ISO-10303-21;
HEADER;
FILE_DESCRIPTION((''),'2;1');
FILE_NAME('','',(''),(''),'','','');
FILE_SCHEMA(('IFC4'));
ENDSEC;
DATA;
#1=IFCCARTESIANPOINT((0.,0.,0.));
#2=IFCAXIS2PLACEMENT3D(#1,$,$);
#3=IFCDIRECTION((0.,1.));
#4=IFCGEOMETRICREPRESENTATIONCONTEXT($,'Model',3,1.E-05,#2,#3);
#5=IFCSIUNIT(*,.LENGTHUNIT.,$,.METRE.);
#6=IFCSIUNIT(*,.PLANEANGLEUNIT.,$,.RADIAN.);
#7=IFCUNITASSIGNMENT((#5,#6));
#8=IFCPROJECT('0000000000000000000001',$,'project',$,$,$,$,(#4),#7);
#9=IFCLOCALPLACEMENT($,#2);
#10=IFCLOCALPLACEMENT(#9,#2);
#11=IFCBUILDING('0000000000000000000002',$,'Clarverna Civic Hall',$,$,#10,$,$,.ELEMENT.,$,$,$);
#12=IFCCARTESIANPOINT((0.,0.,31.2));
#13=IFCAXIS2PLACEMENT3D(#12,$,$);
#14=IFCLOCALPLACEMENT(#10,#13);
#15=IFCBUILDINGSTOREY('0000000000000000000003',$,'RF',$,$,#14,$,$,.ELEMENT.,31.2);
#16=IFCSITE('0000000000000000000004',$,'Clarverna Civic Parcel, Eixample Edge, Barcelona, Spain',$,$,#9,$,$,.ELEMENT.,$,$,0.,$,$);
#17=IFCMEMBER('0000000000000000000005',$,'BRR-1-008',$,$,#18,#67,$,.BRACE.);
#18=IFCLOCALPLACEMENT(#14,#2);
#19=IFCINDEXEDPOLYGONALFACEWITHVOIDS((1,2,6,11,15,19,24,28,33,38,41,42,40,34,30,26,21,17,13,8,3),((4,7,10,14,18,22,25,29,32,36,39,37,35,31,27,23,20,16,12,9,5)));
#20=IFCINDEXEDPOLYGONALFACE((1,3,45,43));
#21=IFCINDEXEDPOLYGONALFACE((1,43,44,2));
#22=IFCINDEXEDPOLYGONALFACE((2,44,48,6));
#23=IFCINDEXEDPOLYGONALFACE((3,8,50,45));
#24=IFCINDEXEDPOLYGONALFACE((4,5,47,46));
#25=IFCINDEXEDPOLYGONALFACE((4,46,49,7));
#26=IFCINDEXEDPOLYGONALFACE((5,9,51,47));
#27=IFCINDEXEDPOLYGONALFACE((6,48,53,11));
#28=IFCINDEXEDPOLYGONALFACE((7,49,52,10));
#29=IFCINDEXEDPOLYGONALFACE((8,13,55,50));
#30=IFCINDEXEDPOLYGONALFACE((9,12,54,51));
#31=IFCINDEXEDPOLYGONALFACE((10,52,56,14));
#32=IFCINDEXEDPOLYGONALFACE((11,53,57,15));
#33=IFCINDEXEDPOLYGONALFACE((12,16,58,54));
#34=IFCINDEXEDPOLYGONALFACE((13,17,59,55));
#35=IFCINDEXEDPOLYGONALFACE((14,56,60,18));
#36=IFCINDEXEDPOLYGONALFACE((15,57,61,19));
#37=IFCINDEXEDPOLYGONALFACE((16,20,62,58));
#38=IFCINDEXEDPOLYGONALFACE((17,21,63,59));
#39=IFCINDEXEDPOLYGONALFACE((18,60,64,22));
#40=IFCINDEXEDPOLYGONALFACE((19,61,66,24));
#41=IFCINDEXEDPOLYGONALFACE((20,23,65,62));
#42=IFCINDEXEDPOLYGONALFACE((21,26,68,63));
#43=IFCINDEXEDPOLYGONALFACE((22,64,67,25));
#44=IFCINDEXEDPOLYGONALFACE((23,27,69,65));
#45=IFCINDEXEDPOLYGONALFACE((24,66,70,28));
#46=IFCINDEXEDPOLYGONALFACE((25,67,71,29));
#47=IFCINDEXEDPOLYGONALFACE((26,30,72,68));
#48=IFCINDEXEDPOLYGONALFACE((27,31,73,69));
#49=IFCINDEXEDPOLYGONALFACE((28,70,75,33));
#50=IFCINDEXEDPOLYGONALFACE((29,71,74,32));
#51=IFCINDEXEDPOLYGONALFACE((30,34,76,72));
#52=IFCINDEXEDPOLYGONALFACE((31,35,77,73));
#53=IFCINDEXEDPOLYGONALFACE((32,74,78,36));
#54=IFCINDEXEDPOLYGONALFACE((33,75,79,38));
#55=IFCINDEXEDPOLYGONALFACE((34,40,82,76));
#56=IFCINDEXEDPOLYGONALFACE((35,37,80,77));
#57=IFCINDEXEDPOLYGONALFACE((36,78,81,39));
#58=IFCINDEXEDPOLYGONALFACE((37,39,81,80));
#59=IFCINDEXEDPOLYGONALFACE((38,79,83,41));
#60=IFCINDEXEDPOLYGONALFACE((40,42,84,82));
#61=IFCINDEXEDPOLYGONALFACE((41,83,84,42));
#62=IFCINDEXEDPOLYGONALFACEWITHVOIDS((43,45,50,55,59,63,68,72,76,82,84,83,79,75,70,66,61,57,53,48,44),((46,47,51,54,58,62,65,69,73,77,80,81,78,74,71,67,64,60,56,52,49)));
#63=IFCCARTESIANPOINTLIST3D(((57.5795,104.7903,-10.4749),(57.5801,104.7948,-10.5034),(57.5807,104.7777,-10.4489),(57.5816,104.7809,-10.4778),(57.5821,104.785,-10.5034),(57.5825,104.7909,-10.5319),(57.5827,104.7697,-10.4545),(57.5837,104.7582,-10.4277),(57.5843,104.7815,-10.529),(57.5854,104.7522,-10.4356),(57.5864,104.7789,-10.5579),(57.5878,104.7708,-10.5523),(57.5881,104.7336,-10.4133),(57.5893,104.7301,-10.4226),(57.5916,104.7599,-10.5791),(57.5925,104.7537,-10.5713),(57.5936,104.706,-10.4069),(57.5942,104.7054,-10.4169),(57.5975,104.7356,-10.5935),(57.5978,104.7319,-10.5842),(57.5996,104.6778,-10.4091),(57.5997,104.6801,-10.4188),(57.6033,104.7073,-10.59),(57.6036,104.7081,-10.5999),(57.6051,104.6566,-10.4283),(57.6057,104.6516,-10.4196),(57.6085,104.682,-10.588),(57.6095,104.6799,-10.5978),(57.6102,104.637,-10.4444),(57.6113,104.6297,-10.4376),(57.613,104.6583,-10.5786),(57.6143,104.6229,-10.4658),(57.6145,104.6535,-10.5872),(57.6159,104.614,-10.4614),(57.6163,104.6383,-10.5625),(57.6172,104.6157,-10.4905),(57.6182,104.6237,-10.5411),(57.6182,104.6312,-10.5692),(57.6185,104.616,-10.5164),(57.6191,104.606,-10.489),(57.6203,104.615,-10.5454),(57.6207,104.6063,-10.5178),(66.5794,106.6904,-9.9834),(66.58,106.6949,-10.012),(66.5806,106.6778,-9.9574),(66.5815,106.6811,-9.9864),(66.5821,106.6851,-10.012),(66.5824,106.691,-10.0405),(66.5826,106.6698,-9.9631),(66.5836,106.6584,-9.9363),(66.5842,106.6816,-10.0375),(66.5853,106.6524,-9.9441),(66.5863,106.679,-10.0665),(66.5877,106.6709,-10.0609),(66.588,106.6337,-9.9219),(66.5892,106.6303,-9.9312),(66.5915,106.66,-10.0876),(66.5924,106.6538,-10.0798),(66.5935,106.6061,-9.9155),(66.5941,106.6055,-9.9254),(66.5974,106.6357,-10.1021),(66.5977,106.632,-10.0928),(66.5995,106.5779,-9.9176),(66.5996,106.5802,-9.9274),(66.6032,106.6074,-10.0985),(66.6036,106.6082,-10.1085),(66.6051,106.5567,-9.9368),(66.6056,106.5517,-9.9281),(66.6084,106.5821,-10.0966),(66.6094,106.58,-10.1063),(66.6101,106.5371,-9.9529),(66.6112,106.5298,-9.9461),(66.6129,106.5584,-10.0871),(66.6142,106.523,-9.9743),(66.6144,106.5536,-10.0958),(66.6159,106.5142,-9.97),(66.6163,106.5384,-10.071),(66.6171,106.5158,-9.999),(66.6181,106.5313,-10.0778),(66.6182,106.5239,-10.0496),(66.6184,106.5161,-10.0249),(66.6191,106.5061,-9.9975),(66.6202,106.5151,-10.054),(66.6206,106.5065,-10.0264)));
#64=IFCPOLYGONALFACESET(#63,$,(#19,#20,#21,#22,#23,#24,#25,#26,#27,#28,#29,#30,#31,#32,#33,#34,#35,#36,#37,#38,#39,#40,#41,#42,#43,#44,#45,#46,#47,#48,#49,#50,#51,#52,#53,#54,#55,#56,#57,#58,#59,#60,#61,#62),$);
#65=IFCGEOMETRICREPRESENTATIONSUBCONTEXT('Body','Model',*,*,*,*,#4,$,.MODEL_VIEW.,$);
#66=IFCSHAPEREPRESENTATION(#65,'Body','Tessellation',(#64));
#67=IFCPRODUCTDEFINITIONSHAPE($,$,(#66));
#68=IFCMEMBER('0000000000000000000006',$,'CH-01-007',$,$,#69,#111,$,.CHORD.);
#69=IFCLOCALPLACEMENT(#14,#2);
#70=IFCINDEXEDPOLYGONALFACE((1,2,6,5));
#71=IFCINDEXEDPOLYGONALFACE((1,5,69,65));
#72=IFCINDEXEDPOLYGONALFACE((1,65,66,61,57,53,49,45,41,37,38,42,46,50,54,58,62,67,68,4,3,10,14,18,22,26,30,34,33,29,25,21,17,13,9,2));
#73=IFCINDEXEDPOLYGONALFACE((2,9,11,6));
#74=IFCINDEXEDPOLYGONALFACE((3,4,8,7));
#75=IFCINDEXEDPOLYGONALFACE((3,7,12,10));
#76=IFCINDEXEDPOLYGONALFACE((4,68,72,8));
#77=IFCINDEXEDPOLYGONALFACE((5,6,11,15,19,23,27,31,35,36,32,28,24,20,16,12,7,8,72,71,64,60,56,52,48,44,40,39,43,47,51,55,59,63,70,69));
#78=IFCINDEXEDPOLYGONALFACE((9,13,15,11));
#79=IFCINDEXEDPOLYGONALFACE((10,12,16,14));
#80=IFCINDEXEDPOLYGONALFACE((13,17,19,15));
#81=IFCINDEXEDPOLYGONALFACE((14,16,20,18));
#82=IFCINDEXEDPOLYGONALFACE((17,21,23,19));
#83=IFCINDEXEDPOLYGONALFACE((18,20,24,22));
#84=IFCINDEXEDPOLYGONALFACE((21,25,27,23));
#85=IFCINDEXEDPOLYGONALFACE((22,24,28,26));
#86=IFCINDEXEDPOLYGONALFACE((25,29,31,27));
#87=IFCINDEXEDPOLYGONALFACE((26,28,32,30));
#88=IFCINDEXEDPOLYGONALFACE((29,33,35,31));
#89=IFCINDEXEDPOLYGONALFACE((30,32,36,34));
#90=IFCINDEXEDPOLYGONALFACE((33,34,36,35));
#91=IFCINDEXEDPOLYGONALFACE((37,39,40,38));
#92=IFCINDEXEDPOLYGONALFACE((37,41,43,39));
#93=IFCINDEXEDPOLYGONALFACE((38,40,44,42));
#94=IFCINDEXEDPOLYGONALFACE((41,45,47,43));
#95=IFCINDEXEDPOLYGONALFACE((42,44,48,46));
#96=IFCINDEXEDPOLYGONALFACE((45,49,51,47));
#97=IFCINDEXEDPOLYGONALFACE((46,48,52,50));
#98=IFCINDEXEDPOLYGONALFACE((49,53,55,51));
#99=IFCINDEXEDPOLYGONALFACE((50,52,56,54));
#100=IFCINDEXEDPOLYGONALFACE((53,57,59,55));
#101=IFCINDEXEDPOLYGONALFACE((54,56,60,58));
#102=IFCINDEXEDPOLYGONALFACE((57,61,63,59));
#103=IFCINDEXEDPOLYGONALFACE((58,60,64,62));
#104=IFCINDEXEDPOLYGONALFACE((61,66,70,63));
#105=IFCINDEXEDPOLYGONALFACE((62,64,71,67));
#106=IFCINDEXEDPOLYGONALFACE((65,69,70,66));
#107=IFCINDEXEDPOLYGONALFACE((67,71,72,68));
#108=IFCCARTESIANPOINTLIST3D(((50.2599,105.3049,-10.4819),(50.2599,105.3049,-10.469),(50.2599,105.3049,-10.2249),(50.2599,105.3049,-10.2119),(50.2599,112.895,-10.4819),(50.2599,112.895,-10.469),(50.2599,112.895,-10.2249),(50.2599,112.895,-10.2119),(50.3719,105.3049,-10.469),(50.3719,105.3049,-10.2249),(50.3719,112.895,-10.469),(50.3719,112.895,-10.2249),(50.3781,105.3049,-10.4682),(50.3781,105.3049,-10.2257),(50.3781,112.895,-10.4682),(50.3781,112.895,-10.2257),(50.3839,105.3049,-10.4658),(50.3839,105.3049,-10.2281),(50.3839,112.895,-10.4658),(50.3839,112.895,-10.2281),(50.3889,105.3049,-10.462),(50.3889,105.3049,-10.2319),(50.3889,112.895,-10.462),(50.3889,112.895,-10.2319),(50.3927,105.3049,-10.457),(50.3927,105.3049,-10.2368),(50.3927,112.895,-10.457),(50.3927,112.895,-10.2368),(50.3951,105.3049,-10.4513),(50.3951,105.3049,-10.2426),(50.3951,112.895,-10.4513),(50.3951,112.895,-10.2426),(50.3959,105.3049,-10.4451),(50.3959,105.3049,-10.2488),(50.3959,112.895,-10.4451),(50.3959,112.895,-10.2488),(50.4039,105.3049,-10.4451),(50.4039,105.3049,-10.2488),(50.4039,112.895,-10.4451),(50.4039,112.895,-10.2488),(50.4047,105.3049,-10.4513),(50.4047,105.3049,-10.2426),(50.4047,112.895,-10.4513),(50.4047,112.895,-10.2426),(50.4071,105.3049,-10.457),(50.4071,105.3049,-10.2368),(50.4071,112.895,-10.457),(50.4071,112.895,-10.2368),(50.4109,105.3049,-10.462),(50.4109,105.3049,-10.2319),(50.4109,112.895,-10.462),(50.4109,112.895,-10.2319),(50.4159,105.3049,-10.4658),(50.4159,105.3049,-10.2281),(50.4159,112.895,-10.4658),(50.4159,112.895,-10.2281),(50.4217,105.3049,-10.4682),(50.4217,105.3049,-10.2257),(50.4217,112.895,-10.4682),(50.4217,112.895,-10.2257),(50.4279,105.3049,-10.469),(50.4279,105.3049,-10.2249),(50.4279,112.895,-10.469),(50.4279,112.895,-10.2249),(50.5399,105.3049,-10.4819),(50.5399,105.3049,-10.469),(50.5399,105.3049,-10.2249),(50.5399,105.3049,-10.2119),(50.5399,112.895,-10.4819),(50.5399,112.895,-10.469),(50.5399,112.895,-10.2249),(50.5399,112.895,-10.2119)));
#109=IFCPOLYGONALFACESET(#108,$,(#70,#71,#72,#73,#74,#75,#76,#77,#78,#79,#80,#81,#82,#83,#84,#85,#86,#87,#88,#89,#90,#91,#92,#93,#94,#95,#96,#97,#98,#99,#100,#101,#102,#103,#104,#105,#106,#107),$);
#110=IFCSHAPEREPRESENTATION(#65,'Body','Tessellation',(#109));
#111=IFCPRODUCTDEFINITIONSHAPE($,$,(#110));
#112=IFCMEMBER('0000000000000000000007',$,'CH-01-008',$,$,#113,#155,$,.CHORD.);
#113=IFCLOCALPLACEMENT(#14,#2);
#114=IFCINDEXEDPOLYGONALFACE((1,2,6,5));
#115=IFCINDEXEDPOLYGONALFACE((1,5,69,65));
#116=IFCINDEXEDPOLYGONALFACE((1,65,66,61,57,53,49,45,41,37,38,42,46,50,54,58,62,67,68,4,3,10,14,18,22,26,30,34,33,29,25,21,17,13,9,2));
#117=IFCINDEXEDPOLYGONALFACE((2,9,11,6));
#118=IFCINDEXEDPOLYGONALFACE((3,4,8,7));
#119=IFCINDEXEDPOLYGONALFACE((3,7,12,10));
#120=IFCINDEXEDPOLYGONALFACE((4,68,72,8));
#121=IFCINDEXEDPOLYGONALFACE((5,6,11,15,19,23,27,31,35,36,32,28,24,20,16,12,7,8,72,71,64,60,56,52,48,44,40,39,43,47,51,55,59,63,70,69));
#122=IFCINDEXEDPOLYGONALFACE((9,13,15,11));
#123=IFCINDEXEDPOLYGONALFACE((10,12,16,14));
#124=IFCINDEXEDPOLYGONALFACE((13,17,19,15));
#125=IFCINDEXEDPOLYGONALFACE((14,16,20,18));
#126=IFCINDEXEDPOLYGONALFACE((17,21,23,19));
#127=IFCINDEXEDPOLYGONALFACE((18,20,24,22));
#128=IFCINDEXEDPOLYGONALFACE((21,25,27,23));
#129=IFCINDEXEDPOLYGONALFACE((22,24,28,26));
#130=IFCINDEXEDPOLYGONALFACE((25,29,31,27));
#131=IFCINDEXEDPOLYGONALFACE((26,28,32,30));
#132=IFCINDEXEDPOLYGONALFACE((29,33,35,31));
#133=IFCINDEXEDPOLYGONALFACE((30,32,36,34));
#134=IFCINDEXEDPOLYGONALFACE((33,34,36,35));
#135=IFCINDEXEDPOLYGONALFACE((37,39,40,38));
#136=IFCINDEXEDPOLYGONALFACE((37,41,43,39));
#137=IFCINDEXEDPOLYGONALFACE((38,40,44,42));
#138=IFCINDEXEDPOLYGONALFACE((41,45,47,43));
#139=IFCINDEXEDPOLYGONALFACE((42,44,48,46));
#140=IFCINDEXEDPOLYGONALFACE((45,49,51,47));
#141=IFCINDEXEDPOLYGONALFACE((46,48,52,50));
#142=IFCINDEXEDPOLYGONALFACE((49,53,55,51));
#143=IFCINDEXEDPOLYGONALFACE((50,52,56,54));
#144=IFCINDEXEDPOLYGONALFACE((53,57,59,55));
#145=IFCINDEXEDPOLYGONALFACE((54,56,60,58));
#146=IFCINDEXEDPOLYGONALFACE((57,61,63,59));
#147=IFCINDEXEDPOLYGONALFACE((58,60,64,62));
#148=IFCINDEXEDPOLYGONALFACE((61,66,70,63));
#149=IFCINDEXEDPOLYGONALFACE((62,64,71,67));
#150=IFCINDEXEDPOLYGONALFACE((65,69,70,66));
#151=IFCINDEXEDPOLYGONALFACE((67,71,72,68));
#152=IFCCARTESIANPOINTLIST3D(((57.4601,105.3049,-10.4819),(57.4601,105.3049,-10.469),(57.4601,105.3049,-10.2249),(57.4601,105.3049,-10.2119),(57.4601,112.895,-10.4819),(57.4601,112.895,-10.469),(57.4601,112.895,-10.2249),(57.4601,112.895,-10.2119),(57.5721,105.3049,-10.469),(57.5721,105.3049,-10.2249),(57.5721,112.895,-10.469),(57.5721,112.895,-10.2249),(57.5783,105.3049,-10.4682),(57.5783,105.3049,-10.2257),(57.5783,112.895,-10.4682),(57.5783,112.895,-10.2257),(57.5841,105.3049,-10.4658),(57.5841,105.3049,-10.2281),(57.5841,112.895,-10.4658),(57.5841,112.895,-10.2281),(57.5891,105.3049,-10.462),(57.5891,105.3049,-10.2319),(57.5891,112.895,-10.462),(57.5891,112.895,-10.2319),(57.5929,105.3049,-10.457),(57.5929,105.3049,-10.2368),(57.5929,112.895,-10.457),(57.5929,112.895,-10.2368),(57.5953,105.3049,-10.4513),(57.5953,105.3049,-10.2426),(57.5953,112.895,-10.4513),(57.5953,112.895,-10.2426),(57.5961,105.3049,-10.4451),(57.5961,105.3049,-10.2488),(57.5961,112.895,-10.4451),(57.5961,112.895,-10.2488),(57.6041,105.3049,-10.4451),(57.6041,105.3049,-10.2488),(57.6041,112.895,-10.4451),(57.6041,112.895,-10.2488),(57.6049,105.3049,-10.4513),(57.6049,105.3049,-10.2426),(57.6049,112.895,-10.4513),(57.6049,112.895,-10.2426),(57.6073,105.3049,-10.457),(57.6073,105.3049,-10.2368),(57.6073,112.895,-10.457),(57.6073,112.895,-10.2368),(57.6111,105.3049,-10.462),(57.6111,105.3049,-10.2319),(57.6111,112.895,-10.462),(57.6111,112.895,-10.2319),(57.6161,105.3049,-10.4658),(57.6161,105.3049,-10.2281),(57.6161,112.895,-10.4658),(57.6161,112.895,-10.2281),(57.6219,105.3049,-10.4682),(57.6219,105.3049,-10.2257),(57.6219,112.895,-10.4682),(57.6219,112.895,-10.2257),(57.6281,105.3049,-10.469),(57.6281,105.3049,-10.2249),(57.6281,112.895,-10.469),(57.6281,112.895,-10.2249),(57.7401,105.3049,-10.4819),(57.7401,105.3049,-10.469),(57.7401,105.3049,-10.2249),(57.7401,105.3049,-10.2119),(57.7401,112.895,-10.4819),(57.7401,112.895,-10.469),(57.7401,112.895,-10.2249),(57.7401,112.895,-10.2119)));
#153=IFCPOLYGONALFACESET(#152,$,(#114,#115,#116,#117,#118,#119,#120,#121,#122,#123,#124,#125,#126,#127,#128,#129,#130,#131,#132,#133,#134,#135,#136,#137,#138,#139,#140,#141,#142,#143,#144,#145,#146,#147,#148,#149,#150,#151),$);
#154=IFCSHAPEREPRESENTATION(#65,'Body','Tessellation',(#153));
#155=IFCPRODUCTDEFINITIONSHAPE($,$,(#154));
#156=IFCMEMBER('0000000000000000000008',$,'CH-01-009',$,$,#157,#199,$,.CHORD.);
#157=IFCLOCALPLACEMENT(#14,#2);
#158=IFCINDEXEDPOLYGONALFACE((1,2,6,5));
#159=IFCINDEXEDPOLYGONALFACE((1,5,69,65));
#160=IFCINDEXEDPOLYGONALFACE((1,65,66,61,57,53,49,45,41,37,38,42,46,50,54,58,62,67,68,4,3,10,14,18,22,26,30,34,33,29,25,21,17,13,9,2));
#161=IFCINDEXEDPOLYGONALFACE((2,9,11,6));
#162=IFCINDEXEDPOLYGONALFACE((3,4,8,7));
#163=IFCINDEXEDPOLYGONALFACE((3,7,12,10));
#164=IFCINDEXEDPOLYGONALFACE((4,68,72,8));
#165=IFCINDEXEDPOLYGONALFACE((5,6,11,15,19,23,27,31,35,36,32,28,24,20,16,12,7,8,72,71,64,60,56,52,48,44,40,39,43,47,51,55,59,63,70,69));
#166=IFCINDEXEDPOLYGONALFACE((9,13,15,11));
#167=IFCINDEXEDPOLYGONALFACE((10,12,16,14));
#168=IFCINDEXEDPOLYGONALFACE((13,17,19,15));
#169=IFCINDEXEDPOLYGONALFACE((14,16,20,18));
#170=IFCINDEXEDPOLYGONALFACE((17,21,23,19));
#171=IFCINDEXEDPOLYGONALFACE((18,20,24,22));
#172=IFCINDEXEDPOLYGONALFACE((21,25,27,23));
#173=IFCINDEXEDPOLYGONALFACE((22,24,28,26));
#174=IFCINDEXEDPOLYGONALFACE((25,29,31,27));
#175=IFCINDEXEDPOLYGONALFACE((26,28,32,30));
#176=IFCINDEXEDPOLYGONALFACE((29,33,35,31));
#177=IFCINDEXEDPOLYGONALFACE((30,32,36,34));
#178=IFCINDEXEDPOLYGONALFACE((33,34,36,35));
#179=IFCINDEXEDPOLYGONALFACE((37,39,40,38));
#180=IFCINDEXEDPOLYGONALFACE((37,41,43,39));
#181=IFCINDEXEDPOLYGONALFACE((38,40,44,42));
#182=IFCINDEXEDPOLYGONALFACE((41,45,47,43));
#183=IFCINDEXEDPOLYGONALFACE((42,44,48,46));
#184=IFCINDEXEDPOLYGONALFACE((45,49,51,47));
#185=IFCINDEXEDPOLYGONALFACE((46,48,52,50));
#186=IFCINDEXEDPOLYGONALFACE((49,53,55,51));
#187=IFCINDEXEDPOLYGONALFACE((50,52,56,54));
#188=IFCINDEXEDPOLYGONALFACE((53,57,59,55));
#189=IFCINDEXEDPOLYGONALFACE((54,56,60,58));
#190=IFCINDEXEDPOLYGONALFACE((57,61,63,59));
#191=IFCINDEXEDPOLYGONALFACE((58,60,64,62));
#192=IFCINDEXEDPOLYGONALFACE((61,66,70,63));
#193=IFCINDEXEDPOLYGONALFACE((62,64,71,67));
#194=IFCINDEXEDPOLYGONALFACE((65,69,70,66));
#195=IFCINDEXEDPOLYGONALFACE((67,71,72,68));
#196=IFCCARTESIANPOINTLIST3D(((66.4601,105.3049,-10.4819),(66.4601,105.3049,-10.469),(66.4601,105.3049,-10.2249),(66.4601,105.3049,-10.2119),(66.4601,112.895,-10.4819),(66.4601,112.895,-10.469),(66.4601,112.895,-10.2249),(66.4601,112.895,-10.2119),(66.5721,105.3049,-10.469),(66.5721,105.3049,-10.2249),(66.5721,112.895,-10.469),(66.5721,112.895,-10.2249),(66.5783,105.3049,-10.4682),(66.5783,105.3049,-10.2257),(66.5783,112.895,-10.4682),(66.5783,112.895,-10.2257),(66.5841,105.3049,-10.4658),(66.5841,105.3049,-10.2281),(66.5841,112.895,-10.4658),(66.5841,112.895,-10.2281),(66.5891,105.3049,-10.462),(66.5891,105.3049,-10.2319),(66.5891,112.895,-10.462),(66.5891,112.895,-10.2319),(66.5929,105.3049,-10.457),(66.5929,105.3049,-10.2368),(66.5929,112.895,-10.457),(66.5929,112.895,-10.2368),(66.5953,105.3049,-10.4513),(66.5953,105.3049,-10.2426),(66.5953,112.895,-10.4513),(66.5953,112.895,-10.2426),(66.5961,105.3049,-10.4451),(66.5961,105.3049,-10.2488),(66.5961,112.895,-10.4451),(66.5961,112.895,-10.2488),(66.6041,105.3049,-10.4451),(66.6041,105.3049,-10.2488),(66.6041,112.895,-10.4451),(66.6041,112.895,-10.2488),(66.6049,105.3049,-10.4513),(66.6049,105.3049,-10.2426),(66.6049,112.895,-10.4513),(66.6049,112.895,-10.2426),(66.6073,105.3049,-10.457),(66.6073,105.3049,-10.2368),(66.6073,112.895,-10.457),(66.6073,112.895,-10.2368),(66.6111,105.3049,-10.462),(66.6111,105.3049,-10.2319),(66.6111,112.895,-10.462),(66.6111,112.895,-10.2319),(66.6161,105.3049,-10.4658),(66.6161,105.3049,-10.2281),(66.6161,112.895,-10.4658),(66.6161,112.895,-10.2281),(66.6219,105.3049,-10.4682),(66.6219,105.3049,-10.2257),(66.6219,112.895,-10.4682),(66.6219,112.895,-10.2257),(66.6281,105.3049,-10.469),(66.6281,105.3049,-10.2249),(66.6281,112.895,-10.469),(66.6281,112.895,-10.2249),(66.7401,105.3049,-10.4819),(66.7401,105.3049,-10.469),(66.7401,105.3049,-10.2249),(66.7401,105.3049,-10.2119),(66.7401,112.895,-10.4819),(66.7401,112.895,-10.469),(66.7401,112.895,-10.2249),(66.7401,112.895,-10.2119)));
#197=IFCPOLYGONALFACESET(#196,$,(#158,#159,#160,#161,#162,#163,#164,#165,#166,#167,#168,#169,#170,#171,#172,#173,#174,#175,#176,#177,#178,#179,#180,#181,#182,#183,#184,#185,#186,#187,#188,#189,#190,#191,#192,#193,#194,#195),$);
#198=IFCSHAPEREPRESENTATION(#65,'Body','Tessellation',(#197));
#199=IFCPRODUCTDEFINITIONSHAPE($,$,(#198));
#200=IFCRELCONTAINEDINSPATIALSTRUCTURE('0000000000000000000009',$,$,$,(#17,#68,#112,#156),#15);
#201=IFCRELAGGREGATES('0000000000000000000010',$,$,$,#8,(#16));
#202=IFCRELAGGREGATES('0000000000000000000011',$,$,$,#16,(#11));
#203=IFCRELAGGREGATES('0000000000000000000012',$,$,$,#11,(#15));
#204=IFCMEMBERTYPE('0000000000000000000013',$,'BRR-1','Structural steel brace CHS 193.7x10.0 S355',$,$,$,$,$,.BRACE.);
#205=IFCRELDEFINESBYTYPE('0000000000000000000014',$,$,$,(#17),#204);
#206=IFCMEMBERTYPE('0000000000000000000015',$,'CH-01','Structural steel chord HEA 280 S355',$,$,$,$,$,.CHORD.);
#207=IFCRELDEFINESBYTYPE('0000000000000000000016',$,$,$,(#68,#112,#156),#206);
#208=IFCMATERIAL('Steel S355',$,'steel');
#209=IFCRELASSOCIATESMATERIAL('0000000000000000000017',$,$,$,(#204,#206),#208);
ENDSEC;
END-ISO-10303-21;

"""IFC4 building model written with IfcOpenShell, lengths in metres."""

from ifc_helpers import new_model, si_unit, direction, frame, origin, origin_2d, place, context, subcontext, project, spatial, hollow_circle, i_section, extrude, material, material_profile, profile_set, type_object, element, save


model = new_model("IFC4")

# Units and contexts
model_context = context("Model", 3, precision=1e-05, world=origin(), true_north=direction((0.0, 1.0)))
body_context = subcontext(model_context, "Body", "Model", "MODEL_VIEW")
ifc_project = project(units=[si_unit("LENGTHUNIT", "METRE"), si_unit("PLANEANGLEUNIT", "RADIAN")], contexts=[model_context])

# Site, building, storey
site_placement = place(None, origin())
site = spatial("IfcSite", under=ifc_project, at=site_placement, Name="Clarverna Civic Parcel, Eixample Edge, Barcelona, Spain", CompositionType="ELEMENT", RefElevation=0.0)
building_placement = place(site_placement, origin())
building = spatial("IfcBuilding", under=site, at=building_placement, Name="Clarverna Civic Hall", CompositionType="ELEMENT")
storey_placement = place(building_placement, frame((0.0, 0.0, 31.2)))
storey = spatial("IfcBuildingStorey", under=building, at=storey_placement, Name="RF", CompositionType="ELEMENT", Elevation=31.2)

# Members
ifc_material_1 = material(Name="Steel S355", Category="steel")
ifc_material_profile_1 = material_profile(ifc_material_1, hollow_circle(Radius=0.0969, WallThickness=0.01, at=origin_2d()), Name="CHS 193.7x10.0")
ifc_profile_set_1 = profile_set([ifc_material_profile_1], Name="Steel S355")
member_type_1 = type_object("IfcMemberType", Name="BRR-1", Description="Structural steel brace CHS 193.7x10.0 S355", PredefinedType="BRACE", material=ifc_profile_set_1)
member_1_placement = place(storey_placement, frame((57.6001, 104.7, -10.5034), z_axis=(0.977038, 0.206279, 0.053352), x_axis=(-0.206574, 0.978431, 0.0)))
element("IfcMember", 1, at=member_1_placement, inside=storey, type_object=member_type_1, Name="BRR-1-008", PredefinedType="BRACE", context=body_context, shape_type="SweptSolid", body=[
    extrude(hollow_circle(Radius=0.0969, WallThickness=0.01, at=origin_2d()), origin(), (0.0, 0.0, 1.0), 9.2114),
])
ifc_material_profile_2 = material_profile(ifc_material_1, i_section(OverallWidth=0.28, OverallDepth=0.27, WebThickness=0.0081, FlangeThickness=0.0129, FilletRadius=0.0239, at=origin_2d()), Name="HEA 280")
ifc_profile_set_2 = profile_set([ifc_material_profile_2], Name="Steel S355")
member_type_2 = type_object("IfcMemberType", Name="CH-01", Description="Structural steel chord HEA 280 S355", PredefinedType="CHORD", material=ifc_profile_set_2)
for number, where, z_axis, x_axis, name in (
    (2, (50.3999, 105.3049, -10.3469), (0.0, 1.0, 0.0), (-1.0, 0.0, 0.0), "CH-01-007"),
    (3, (57.6001, 105.3049, -10.3469), (0.0, 1.0, 0.0), (-1.0, 0.0, 0.0), "CH-01-008"),
    (4, (66.6001, 105.3049, -10.3469), (0.0, 1.0, 0.0), (-1.0, 0.0, 0.0), "CH-01-009"),
):
    element("IfcMember", number, at=place(storey_placement, frame(where, z_axis=z_axis, x_axis=x_axis)), inside=storey, type_object=member_type_2, Name=name, PredefinedType="CHORD", context=body_context, shape_type="SweptSolid", body=[
        extrude(i_section(OverallWidth=0.28, OverallDepth=0.27, WebThickness=0.0081, FlangeThickness=0.0129, FilletRadius=0.0239, at=origin_2d()), origin(), (0.0, 0.0, 1.0), 7.5901),
    ])

save(model, "model.ifc")
